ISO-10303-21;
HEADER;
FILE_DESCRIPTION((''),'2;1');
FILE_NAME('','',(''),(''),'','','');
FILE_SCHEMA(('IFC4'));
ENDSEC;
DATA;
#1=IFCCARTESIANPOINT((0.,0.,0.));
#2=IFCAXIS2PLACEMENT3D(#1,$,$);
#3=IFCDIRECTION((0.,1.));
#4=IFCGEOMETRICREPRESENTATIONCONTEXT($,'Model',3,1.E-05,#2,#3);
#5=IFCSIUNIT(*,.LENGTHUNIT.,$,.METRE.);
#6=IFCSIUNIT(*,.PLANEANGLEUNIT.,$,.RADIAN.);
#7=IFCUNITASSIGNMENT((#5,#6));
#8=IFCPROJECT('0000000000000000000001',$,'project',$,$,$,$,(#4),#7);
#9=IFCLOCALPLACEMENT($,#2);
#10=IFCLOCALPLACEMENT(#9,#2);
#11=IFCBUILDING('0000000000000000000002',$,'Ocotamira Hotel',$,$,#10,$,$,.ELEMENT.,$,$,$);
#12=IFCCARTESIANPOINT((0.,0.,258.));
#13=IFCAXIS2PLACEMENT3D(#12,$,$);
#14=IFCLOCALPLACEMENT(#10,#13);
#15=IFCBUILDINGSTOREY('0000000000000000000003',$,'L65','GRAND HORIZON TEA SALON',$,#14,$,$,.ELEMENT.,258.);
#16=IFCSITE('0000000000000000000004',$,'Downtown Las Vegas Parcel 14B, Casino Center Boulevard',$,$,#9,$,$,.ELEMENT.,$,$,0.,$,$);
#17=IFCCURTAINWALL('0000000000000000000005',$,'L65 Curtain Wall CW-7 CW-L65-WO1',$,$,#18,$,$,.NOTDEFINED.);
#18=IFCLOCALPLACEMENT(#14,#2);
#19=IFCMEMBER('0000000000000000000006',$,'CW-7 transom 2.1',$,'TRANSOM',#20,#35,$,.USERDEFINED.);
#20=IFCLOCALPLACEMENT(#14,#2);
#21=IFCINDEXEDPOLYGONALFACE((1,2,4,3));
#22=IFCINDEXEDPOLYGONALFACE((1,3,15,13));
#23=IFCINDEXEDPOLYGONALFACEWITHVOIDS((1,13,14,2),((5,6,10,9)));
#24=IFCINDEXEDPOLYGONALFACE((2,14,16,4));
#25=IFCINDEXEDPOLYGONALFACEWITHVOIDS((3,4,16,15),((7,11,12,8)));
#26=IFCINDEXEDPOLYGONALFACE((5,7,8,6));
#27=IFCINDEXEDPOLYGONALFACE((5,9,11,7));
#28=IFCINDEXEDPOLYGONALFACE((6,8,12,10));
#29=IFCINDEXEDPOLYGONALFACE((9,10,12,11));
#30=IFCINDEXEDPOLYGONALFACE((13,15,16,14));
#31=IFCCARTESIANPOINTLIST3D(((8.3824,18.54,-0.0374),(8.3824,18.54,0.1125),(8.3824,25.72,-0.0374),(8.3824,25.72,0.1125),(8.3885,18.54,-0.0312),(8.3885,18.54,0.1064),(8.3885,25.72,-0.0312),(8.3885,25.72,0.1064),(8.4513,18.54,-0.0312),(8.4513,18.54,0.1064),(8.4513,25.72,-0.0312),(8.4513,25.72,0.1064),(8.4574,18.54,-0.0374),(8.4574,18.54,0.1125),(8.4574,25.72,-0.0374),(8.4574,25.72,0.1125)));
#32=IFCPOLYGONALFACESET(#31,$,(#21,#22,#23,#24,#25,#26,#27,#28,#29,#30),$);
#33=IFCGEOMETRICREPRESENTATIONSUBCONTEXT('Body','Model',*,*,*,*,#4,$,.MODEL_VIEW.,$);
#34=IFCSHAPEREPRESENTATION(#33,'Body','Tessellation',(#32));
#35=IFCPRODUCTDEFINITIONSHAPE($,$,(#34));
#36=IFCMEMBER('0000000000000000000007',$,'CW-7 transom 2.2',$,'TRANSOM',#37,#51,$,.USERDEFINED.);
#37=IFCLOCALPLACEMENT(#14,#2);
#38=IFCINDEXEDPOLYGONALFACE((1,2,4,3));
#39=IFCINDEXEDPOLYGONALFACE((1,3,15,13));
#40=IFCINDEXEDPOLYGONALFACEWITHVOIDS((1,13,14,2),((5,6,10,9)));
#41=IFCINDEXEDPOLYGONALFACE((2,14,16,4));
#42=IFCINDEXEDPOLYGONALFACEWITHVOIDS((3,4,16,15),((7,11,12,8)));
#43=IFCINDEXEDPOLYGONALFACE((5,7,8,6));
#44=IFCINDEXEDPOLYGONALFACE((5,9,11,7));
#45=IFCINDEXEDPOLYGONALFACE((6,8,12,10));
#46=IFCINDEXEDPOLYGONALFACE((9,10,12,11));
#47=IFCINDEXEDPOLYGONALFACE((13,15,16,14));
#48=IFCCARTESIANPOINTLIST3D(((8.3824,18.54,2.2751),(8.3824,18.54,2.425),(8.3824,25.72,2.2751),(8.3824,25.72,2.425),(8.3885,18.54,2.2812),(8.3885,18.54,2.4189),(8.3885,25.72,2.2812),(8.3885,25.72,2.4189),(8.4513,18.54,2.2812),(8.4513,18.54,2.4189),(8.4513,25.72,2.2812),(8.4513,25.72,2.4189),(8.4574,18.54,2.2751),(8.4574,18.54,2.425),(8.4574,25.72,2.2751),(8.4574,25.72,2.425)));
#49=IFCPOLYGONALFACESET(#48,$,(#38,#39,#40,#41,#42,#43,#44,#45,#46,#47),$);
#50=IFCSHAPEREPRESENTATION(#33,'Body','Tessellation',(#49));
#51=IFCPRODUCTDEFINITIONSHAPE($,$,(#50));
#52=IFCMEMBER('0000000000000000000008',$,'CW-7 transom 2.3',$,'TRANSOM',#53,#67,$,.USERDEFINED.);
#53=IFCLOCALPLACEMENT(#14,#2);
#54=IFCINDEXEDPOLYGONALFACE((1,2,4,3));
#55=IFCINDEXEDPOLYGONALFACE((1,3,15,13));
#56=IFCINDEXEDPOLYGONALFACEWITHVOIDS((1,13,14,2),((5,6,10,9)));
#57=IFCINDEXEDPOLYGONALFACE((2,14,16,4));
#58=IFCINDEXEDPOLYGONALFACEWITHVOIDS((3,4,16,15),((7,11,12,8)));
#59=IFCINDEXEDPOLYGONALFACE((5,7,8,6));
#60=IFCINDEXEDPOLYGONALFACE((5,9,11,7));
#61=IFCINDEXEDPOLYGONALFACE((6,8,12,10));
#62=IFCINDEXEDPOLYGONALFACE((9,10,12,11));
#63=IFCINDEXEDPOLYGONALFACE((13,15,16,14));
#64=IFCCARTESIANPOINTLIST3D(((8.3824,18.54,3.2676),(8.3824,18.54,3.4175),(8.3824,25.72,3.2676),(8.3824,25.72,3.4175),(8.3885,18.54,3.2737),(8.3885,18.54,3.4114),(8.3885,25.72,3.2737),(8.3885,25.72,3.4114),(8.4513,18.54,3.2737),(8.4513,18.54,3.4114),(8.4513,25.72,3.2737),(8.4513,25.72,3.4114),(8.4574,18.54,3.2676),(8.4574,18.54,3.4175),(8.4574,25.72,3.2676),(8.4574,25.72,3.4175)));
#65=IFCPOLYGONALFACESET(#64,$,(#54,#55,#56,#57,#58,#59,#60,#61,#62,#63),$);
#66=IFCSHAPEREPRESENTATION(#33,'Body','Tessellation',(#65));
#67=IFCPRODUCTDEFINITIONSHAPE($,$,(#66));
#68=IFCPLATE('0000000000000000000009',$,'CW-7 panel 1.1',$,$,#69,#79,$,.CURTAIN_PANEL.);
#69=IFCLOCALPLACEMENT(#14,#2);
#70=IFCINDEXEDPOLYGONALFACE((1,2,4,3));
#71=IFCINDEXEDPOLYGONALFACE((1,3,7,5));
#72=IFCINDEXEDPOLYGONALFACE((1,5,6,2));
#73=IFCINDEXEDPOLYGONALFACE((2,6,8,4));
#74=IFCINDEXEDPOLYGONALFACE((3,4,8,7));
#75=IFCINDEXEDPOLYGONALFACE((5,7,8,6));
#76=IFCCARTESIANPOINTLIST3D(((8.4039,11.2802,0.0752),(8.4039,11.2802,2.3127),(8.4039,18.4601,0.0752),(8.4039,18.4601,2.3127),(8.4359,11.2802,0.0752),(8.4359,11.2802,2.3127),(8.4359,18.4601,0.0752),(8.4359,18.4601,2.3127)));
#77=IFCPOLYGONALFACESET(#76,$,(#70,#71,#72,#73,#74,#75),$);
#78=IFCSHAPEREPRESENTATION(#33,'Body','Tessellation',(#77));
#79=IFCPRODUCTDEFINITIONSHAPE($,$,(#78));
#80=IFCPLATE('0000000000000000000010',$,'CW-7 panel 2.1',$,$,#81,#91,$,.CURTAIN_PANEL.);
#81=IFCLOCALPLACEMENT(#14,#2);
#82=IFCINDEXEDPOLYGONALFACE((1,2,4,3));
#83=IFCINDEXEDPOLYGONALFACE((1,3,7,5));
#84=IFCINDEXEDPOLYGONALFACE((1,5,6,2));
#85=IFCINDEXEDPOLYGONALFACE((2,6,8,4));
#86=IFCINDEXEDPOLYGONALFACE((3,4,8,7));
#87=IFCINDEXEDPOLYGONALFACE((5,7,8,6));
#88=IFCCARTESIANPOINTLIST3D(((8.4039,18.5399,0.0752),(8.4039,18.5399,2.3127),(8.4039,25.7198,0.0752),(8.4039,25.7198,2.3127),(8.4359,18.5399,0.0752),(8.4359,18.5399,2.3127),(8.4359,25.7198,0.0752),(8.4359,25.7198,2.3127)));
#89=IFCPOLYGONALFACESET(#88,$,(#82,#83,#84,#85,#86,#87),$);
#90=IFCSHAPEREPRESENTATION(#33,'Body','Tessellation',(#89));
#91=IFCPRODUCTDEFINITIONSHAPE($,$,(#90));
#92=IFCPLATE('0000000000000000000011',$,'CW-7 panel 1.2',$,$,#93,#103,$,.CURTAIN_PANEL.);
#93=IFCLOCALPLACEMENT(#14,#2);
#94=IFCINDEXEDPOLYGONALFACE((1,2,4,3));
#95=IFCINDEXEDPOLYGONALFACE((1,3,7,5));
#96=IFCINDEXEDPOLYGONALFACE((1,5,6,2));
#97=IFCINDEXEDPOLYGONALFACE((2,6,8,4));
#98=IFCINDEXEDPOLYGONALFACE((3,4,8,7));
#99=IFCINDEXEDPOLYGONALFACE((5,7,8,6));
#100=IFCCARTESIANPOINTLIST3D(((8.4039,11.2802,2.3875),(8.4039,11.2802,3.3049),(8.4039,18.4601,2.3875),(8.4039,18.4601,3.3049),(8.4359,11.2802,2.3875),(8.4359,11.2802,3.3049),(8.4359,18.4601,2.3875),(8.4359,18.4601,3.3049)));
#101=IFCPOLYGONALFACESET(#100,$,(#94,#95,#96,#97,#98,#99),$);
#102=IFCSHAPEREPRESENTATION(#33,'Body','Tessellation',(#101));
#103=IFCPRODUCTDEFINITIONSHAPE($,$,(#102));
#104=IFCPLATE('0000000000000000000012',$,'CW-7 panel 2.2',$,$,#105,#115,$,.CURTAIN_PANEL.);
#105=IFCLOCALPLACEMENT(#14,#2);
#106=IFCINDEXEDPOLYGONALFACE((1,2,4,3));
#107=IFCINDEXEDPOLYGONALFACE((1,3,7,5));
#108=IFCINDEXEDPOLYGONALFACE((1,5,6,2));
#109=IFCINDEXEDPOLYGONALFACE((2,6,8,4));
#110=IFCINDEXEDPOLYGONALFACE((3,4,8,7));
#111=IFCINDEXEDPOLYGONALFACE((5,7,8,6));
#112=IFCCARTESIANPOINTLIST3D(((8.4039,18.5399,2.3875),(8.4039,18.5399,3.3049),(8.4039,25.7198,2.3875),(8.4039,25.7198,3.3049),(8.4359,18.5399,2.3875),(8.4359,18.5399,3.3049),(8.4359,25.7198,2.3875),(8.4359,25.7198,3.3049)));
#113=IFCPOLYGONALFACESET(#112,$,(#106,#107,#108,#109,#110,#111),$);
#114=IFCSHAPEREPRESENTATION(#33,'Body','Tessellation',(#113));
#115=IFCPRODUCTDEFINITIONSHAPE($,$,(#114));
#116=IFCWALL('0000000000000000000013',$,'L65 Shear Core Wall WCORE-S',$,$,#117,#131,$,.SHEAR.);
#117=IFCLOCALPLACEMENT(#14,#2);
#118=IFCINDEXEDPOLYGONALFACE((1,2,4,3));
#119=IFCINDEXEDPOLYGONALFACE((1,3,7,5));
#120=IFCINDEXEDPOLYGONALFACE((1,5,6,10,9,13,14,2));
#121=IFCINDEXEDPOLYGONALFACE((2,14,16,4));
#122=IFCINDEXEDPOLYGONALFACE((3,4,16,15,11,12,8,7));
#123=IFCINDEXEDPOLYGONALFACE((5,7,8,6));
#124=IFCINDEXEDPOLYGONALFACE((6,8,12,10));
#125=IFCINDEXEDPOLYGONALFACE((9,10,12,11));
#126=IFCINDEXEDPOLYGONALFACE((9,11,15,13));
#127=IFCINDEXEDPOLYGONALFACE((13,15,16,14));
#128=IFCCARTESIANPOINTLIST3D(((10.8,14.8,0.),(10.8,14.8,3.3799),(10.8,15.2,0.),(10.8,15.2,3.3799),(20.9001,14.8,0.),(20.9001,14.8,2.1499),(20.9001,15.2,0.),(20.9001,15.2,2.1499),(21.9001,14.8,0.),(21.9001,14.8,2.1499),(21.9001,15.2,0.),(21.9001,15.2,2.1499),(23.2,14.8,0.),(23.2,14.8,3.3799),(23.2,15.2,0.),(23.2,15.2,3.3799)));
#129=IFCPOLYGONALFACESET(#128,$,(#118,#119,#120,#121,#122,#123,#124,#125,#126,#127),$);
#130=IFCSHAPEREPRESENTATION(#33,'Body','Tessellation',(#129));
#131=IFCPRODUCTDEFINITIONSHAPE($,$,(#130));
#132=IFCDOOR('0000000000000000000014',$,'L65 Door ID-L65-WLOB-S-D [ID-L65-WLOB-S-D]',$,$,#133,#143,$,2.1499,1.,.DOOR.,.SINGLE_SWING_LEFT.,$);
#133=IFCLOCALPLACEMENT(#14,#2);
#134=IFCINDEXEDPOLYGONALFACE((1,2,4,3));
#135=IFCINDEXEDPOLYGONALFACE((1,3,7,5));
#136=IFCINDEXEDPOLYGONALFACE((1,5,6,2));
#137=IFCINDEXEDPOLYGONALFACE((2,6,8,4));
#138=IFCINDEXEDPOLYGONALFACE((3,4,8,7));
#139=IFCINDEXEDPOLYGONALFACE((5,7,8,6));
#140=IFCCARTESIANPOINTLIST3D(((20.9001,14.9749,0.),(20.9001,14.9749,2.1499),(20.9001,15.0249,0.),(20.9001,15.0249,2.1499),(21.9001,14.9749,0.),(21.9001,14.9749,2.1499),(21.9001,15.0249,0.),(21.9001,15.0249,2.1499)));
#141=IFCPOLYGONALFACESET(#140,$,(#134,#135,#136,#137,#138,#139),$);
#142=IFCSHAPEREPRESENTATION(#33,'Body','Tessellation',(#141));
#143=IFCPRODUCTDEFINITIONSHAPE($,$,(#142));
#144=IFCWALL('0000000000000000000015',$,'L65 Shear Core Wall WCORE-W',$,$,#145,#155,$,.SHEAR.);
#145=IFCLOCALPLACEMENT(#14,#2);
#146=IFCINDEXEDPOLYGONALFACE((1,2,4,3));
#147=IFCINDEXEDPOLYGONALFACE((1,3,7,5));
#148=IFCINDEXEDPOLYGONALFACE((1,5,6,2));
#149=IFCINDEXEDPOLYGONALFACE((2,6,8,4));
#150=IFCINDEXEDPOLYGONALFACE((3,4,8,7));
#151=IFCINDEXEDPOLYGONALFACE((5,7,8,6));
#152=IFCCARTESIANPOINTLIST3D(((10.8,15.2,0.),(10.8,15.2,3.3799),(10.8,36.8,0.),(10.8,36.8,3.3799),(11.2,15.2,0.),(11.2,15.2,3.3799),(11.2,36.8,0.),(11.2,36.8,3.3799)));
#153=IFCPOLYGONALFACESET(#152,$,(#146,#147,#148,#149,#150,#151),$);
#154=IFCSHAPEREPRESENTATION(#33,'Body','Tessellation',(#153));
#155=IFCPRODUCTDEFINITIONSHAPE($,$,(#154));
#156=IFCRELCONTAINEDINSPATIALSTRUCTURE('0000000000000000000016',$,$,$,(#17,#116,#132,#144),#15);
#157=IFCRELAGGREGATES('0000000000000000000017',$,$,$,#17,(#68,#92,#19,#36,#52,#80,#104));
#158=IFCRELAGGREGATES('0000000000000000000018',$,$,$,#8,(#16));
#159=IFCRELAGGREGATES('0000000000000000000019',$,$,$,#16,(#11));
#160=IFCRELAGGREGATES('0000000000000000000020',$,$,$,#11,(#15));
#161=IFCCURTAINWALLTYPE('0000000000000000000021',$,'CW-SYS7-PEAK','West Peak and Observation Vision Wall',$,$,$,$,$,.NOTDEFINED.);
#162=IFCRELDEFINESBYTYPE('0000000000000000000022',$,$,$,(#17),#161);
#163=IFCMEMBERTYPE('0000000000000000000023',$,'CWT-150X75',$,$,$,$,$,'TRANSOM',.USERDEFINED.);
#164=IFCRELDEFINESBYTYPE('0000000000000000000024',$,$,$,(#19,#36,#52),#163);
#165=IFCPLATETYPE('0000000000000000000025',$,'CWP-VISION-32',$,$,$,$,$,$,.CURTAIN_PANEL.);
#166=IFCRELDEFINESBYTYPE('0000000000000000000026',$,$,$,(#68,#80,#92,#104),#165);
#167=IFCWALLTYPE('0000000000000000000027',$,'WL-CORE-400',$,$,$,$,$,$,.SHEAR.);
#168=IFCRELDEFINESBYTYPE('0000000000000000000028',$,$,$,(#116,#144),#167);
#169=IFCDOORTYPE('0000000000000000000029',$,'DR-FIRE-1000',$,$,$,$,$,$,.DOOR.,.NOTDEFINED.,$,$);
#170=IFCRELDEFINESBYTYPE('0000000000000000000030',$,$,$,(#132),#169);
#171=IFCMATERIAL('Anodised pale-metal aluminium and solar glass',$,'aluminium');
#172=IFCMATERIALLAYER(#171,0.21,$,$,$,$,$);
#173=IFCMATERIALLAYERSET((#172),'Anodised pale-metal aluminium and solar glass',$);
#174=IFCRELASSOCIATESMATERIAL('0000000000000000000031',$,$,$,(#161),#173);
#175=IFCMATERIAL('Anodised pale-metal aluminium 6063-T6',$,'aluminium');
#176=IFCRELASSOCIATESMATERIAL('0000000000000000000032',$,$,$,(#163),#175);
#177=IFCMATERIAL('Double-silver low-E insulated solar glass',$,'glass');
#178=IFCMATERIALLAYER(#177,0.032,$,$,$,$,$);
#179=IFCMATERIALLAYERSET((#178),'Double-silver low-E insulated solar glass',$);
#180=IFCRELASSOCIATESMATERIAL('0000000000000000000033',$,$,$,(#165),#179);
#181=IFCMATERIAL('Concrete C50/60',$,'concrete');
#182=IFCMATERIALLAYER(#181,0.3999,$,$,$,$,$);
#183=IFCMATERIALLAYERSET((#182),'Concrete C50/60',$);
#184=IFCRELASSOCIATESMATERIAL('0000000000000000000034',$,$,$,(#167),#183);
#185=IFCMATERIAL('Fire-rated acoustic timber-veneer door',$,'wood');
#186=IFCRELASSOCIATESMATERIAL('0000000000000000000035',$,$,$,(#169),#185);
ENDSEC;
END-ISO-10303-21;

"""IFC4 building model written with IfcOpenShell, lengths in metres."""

from ifc_helpers import new_model, si_unit, direction, frame, frame_2d, origin, origin_2d, place, context, subcontext, project, spatial, rectangle, hollow_rectangle, extrude, source, transform, mapped, material, layer, layer_set, material_profile, profile_set, type_object, element, fill, aggregate, save


model = new_model("IFC4")

# Units and contexts
model_context = context("Model", 3, precision=1e-05, world=origin(), true_north=direction((0.0, 1.0)))
body_context = subcontext(model_context, "Body", "Model", "MODEL_VIEW")
ifc_project = project(units=[si_unit("LENGTHUNIT", "METRE"), si_unit("PLANEANGLEUNIT", "RADIAN")], contexts=[model_context])

# Site, building, storey
site_placement = place(None, origin())
site = spatial("IfcSite", under=ifc_project, at=site_placement, Name="Downtown Las Vegas Parcel 14B, Casino Center Boulevard", CompositionType="ELEMENT", RefElevation=0.0)
building_placement = place(site_placement, origin())
building = spatial("IfcBuilding", under=site, at=building_placement, Name="Ocotamira Hotel", CompositionType="ELEMENT")
storey_placement = place(building_placement, frame((0.0, 0.0, 258.0)))
storey = spatial("IfcBuildingStorey", under=building, at=storey_placement, Name="L65", Description="GRAND HORIZON TEA SALON", CompositionType="ELEMENT", Elevation=258.0)

# Shared definitions
ifc_material_1 = material(Name="Concrete C50/60", Category="concrete")

# Curtain wall, members, plates
ifc_material_2 = material(Name="Anodised pale-metal aluminium and solar glass", Category="aluminium")
ifc_layer_1 = layer(ifc_material_2, 0.21)
ifc_layer_set_1 = layer_set([ifc_layer_1], Name="Anodised pale-metal aluminium and solar glass")
curtain_wall_type = type_object("IfcCurtainWallType", Name="CW-SYS7-PEAK", Description="West Peak and Observation Vision Wall", PredefinedType="NOTDEFINED", material=ifc_layer_set_1)
curtain_wall_placement = place(storey_placement, origin())
curtain_wall = element("IfcCurtainWall", 1, at=curtain_wall_placement, inside=storey, type_object=curtain_wall_type, Name="L65 Curtain Wall CW-7 CW-L65-WO1", PredefinedType="NOTDEFINED")
ifc_material_3 = material(Name="Anodised pale-metal aluminium 6063-T6", Category="aluminium")
ifc_material_profile_1 = material_profile(ifc_material_3, hollow_rectangle(XDim=0.075, YDim=0.1499, WallThickness=0.0061, at=origin_2d()), Name="HSS150X75X6")
ifc_profile_set_1 = profile_set([ifc_material_profile_1], Name="Anodised pale-metal aluminium 6063-T6")
member_type_1 = type_object("IfcMemberType", Name="CWT-150X75", ElementType="TRANSOM", PredefinedType="USERDEFINED", material=ifc_profile_set_1)
shared_shape_1 = source(origin(), body_context, "Body", "SweptSolid", [
    extrude(hollow_rectangle(XDim=0.075, YDim=0.1499, WallThickness=0.0061, at=origin_2d()), origin(), (0.0, 0.0, 1.0), 7.1799),
])
member_1_placement = place(storey_placement, frame((8.4199, 18.54, 0.0376), z_axis=(0.0, 1.0, 0.0), x_axis=(-1.0, 0.0, 0.0)))
member_1 = element("IfcMember", 2, at=member_1_placement, type_object=member_type_1, Name="CW-7 transom 2.1", ObjectType="TRANSOM", PredefinedType="USERDEFINED", context=body_context, shape_type="MappedRepresentation", body=[
    mapped(shared_shape_1, transform((0.0, 0.0, 0.0), scale=1.0)),
])
member_2_placement = place(storey_placement, frame((8.4199, 18.54, 2.3501), z_axis=(0.0, 1.0, 0.0), x_axis=(-1.0, 0.0, 0.0)))
member_2 = element("IfcMember", 3, at=member_2_placement, type_object=member_type_1, Name="CW-7 transom 2.2", ObjectType="TRANSOM", PredefinedType="USERDEFINED", context=body_context, shape_type="MappedRepresentation", body=[
    mapped(shared_shape_1, transform((0.0, 0.0, 0.0), scale=1.0)),
])
member_3_placement = place(storey_placement, frame((8.4199, 18.54, 3.3425), z_axis=(0.0, 1.0, 0.0), x_axis=(-1.0, 0.0, 0.0)))
member_3 = element("IfcMember", 4, at=member_3_placement, type_object=member_type_1, Name="CW-7 transom 2.3", ObjectType="TRANSOM", PredefinedType="USERDEFINED", context=body_context, shape_type="MappedRepresentation", body=[
    mapped(shared_shape_1, transform((0.0, 0.0, 0.0), scale=1.0)),
])
ifc_material_4 = material(Name="Double-silver low-E insulated solar glass", Category="glass")
ifc_layer_2 = layer(ifc_material_4, 0.032)
ifc_layer_set_2 = layer_set([ifc_layer_2], Name="Double-silver low-E insulated solar glass")
plate_type = type_object("IfcPlateType", Name="CWP-VISION-32", PredefinedType="CURTAIN_PANEL", material=ifc_layer_set_2)
shared_shape_2 = source(origin(), body_context, "Body", "SweptSolid", [
    extrude(rectangle(XDim=7.1799, YDim=0.032, at=origin_2d()), origin(), (0.0, 0.0, 1.0), 2.2375),
])
plate_1_placement = place(storey_placement, frame((8.4199, 14.8701, 0.0752), z_axis=(0.0, 0.0, 1.0), x_axis=(0.0, 1.0, 0.0)))
plate_1 = element("IfcPlate", 5, at=plate_1_placement, type_object=plate_type, Name="CW-7 panel 1.1", PredefinedType="CURTAIN_PANEL", context=body_context, shape_type="MappedRepresentation", body=[
    mapped(shared_shape_2, transform((0.0, 0.0, 0.0), scale=1.0)),
])
plate_2_placement = place(storey_placement, frame((8.4199, 22.1299, 0.0752), z_axis=(0.0, 0.0, 1.0), x_axis=(0.0, 1.0, 0.0)))
plate_2 = element("IfcPlate", 6, at=plate_2_placement, type_object=plate_type, Name="CW-7 panel 2.1", PredefinedType="CURTAIN_PANEL", context=body_context, shape_type="MappedRepresentation", body=[
    mapped(shared_shape_2, transform((0.0, 0.0, 0.0), scale=1.0)),
])
shared_shape_3 = source(origin(), body_context, "Body", "SweptSolid", [
    extrude(rectangle(XDim=7.1799, YDim=0.032, at=origin_2d()), origin(), (0.0, 0.0, 1.0), 0.9175),
])
plate_3_placement = place(storey_placement, frame((8.4199, 14.8701, 2.3875), z_axis=(0.0, 0.0, 1.0), x_axis=(0.0, 1.0, 0.0)))
plate_3 = element("IfcPlate", 7, at=plate_3_placement, type_object=plate_type, Name="CW-7 panel 1.2", PredefinedType="CURTAIN_PANEL", context=body_context, shape_type="MappedRepresentation", body=[
    mapped(shared_shape_3, transform((0.0, 0.0, 0.0), scale=1.0)),
])
plate_4_placement = place(storey_placement, frame((8.4199, 22.1299, 2.3875), z_axis=(0.0, 0.0, 1.0), x_axis=(0.0, 1.0, 0.0)))
plate_4 = element("IfcPlate", 8, at=plate_4_placement, type_object=plate_type, Name="CW-7 panel 2.2", PredefinedType="CURTAIN_PANEL", context=body_context, shape_type="MappedRepresentation", body=[
    mapped(shared_shape_3, transform((0.0, 0.0, 0.0), scale=1.0)),
])
aggregate(curtain_wall, [plate_1, plate_3, member_1, member_2, member_3, plate_2, plate_4])

# Wall, opening, door
ifc_layer_3 = layer(ifc_material_1, 0.3999)
ifc_layer_set_3 = layer_set([ifc_layer_3], Name="Concrete C50/60")
wall_type_1 = type_object("IfcWallType", Name="WL-CORE-400", PredefinedType="SHEAR", material=ifc_layer_set_3)
wall_1_placement = place(storey_placement, frame((10.8, 15.0, 0.0), z_axis=(0.0, 0.0, 1.0), x_axis=(1.0, 0.0, 0.0)))
wall_1 = element("IfcWall", 9, at=wall_1_placement, inside=storey, type_object=wall_type_1, Name="L65 Shear Core Wall WCORE-S", PredefinedType="SHEAR", context=body_context, shape_type="SweptSolid", body=[
    extrude(rectangle(XDim=12.3999, YDim=0.3999, at=frame_2d((6.2, 0.0))), origin(), (0.0, 0.0, 1.0), 3.3799),
])
opening_1_placement = place(wall_1_placement, frame((10.1001, 0.0, 0.0)))
opening_1 = element("IfcOpeningElement", 10, at=opening_1_placement, cuts=wall_1, PredefinedType="OPENING", context=body_context, shape_type="SweptSolid", body=[
    extrude(rectangle(XDim=1.0, YDim=2.1499, at=frame_2d((0.5, 1.075))), frame((0.0, 0.21, 0.0), z_axis=(0.0, -1.0, 0.0), x_axis=(1.0, 0.0, 0.0)), (0.0, 0.0, 1.0), 0.4199),
])
ifc_material_5 = material(Name="Fire-rated acoustic timber-veneer door", Category="wood")
door_type_1 = type_object("IfcDoorType", Name="DR-FIRE-1000", OperationType="NOTDEFINED", PredefinedType="DOOR", material=ifc_material_5)
shared_shape_4 = source(origin(), body_context, "Body", "SweptSolid", [
    extrude(rectangle(XDim=1.0, YDim=2.1499, at=frame_2d((0.5, 1.075))), frame((0.0, 0.0249, 0.0), z_axis=(0.0, -1.0, 0.0), x_axis=(1.0, 0.0, 0.0)), (0.0, 0.0, 1.0), 0.05),
])
door_1_placement = place(opening_1_placement, origin())
door_1 = element("IfcDoor", 11, at=door_1_placement, inside=storey, type_object=door_type_1, Name="L65 Door ID-L65-WLOB-S-D [ID-L65-WLOB-S-D]", OperationType="SINGLE_SWING_LEFT", OverallHeight=2.1499, OverallWidth=1.0, PredefinedType="DOOR", context=body_context, shape_type="MappedRepresentation", body=[
    mapped(shared_shape_4, transform((0.0, 0.0, 0.0), scale=1.0)),
])
fill(opening_1, door_1)

# Wall
wall_2_placement = place(storey_placement, frame((11.0, 15.2, 0.0), z_axis=(0.0, 0.0, 1.0), x_axis=(0.0, 1.0, 0.0)))
element("IfcWall", 12, at=wall_2_placement, inside=storey, type_object=wall_type_1, Name="L65 Shear Core Wall WCORE-W", PredefinedType="SHEAR", context=body_context, shape_type="SweptSolid", body=[
    extrude(rectangle(XDim=21.6001, YDim=0.3999, at=frame_2d((10.8, 0.0))), origin(), (0.0, 0.0, 1.0), 3.3799),
])

save(model, "model.ifc")
